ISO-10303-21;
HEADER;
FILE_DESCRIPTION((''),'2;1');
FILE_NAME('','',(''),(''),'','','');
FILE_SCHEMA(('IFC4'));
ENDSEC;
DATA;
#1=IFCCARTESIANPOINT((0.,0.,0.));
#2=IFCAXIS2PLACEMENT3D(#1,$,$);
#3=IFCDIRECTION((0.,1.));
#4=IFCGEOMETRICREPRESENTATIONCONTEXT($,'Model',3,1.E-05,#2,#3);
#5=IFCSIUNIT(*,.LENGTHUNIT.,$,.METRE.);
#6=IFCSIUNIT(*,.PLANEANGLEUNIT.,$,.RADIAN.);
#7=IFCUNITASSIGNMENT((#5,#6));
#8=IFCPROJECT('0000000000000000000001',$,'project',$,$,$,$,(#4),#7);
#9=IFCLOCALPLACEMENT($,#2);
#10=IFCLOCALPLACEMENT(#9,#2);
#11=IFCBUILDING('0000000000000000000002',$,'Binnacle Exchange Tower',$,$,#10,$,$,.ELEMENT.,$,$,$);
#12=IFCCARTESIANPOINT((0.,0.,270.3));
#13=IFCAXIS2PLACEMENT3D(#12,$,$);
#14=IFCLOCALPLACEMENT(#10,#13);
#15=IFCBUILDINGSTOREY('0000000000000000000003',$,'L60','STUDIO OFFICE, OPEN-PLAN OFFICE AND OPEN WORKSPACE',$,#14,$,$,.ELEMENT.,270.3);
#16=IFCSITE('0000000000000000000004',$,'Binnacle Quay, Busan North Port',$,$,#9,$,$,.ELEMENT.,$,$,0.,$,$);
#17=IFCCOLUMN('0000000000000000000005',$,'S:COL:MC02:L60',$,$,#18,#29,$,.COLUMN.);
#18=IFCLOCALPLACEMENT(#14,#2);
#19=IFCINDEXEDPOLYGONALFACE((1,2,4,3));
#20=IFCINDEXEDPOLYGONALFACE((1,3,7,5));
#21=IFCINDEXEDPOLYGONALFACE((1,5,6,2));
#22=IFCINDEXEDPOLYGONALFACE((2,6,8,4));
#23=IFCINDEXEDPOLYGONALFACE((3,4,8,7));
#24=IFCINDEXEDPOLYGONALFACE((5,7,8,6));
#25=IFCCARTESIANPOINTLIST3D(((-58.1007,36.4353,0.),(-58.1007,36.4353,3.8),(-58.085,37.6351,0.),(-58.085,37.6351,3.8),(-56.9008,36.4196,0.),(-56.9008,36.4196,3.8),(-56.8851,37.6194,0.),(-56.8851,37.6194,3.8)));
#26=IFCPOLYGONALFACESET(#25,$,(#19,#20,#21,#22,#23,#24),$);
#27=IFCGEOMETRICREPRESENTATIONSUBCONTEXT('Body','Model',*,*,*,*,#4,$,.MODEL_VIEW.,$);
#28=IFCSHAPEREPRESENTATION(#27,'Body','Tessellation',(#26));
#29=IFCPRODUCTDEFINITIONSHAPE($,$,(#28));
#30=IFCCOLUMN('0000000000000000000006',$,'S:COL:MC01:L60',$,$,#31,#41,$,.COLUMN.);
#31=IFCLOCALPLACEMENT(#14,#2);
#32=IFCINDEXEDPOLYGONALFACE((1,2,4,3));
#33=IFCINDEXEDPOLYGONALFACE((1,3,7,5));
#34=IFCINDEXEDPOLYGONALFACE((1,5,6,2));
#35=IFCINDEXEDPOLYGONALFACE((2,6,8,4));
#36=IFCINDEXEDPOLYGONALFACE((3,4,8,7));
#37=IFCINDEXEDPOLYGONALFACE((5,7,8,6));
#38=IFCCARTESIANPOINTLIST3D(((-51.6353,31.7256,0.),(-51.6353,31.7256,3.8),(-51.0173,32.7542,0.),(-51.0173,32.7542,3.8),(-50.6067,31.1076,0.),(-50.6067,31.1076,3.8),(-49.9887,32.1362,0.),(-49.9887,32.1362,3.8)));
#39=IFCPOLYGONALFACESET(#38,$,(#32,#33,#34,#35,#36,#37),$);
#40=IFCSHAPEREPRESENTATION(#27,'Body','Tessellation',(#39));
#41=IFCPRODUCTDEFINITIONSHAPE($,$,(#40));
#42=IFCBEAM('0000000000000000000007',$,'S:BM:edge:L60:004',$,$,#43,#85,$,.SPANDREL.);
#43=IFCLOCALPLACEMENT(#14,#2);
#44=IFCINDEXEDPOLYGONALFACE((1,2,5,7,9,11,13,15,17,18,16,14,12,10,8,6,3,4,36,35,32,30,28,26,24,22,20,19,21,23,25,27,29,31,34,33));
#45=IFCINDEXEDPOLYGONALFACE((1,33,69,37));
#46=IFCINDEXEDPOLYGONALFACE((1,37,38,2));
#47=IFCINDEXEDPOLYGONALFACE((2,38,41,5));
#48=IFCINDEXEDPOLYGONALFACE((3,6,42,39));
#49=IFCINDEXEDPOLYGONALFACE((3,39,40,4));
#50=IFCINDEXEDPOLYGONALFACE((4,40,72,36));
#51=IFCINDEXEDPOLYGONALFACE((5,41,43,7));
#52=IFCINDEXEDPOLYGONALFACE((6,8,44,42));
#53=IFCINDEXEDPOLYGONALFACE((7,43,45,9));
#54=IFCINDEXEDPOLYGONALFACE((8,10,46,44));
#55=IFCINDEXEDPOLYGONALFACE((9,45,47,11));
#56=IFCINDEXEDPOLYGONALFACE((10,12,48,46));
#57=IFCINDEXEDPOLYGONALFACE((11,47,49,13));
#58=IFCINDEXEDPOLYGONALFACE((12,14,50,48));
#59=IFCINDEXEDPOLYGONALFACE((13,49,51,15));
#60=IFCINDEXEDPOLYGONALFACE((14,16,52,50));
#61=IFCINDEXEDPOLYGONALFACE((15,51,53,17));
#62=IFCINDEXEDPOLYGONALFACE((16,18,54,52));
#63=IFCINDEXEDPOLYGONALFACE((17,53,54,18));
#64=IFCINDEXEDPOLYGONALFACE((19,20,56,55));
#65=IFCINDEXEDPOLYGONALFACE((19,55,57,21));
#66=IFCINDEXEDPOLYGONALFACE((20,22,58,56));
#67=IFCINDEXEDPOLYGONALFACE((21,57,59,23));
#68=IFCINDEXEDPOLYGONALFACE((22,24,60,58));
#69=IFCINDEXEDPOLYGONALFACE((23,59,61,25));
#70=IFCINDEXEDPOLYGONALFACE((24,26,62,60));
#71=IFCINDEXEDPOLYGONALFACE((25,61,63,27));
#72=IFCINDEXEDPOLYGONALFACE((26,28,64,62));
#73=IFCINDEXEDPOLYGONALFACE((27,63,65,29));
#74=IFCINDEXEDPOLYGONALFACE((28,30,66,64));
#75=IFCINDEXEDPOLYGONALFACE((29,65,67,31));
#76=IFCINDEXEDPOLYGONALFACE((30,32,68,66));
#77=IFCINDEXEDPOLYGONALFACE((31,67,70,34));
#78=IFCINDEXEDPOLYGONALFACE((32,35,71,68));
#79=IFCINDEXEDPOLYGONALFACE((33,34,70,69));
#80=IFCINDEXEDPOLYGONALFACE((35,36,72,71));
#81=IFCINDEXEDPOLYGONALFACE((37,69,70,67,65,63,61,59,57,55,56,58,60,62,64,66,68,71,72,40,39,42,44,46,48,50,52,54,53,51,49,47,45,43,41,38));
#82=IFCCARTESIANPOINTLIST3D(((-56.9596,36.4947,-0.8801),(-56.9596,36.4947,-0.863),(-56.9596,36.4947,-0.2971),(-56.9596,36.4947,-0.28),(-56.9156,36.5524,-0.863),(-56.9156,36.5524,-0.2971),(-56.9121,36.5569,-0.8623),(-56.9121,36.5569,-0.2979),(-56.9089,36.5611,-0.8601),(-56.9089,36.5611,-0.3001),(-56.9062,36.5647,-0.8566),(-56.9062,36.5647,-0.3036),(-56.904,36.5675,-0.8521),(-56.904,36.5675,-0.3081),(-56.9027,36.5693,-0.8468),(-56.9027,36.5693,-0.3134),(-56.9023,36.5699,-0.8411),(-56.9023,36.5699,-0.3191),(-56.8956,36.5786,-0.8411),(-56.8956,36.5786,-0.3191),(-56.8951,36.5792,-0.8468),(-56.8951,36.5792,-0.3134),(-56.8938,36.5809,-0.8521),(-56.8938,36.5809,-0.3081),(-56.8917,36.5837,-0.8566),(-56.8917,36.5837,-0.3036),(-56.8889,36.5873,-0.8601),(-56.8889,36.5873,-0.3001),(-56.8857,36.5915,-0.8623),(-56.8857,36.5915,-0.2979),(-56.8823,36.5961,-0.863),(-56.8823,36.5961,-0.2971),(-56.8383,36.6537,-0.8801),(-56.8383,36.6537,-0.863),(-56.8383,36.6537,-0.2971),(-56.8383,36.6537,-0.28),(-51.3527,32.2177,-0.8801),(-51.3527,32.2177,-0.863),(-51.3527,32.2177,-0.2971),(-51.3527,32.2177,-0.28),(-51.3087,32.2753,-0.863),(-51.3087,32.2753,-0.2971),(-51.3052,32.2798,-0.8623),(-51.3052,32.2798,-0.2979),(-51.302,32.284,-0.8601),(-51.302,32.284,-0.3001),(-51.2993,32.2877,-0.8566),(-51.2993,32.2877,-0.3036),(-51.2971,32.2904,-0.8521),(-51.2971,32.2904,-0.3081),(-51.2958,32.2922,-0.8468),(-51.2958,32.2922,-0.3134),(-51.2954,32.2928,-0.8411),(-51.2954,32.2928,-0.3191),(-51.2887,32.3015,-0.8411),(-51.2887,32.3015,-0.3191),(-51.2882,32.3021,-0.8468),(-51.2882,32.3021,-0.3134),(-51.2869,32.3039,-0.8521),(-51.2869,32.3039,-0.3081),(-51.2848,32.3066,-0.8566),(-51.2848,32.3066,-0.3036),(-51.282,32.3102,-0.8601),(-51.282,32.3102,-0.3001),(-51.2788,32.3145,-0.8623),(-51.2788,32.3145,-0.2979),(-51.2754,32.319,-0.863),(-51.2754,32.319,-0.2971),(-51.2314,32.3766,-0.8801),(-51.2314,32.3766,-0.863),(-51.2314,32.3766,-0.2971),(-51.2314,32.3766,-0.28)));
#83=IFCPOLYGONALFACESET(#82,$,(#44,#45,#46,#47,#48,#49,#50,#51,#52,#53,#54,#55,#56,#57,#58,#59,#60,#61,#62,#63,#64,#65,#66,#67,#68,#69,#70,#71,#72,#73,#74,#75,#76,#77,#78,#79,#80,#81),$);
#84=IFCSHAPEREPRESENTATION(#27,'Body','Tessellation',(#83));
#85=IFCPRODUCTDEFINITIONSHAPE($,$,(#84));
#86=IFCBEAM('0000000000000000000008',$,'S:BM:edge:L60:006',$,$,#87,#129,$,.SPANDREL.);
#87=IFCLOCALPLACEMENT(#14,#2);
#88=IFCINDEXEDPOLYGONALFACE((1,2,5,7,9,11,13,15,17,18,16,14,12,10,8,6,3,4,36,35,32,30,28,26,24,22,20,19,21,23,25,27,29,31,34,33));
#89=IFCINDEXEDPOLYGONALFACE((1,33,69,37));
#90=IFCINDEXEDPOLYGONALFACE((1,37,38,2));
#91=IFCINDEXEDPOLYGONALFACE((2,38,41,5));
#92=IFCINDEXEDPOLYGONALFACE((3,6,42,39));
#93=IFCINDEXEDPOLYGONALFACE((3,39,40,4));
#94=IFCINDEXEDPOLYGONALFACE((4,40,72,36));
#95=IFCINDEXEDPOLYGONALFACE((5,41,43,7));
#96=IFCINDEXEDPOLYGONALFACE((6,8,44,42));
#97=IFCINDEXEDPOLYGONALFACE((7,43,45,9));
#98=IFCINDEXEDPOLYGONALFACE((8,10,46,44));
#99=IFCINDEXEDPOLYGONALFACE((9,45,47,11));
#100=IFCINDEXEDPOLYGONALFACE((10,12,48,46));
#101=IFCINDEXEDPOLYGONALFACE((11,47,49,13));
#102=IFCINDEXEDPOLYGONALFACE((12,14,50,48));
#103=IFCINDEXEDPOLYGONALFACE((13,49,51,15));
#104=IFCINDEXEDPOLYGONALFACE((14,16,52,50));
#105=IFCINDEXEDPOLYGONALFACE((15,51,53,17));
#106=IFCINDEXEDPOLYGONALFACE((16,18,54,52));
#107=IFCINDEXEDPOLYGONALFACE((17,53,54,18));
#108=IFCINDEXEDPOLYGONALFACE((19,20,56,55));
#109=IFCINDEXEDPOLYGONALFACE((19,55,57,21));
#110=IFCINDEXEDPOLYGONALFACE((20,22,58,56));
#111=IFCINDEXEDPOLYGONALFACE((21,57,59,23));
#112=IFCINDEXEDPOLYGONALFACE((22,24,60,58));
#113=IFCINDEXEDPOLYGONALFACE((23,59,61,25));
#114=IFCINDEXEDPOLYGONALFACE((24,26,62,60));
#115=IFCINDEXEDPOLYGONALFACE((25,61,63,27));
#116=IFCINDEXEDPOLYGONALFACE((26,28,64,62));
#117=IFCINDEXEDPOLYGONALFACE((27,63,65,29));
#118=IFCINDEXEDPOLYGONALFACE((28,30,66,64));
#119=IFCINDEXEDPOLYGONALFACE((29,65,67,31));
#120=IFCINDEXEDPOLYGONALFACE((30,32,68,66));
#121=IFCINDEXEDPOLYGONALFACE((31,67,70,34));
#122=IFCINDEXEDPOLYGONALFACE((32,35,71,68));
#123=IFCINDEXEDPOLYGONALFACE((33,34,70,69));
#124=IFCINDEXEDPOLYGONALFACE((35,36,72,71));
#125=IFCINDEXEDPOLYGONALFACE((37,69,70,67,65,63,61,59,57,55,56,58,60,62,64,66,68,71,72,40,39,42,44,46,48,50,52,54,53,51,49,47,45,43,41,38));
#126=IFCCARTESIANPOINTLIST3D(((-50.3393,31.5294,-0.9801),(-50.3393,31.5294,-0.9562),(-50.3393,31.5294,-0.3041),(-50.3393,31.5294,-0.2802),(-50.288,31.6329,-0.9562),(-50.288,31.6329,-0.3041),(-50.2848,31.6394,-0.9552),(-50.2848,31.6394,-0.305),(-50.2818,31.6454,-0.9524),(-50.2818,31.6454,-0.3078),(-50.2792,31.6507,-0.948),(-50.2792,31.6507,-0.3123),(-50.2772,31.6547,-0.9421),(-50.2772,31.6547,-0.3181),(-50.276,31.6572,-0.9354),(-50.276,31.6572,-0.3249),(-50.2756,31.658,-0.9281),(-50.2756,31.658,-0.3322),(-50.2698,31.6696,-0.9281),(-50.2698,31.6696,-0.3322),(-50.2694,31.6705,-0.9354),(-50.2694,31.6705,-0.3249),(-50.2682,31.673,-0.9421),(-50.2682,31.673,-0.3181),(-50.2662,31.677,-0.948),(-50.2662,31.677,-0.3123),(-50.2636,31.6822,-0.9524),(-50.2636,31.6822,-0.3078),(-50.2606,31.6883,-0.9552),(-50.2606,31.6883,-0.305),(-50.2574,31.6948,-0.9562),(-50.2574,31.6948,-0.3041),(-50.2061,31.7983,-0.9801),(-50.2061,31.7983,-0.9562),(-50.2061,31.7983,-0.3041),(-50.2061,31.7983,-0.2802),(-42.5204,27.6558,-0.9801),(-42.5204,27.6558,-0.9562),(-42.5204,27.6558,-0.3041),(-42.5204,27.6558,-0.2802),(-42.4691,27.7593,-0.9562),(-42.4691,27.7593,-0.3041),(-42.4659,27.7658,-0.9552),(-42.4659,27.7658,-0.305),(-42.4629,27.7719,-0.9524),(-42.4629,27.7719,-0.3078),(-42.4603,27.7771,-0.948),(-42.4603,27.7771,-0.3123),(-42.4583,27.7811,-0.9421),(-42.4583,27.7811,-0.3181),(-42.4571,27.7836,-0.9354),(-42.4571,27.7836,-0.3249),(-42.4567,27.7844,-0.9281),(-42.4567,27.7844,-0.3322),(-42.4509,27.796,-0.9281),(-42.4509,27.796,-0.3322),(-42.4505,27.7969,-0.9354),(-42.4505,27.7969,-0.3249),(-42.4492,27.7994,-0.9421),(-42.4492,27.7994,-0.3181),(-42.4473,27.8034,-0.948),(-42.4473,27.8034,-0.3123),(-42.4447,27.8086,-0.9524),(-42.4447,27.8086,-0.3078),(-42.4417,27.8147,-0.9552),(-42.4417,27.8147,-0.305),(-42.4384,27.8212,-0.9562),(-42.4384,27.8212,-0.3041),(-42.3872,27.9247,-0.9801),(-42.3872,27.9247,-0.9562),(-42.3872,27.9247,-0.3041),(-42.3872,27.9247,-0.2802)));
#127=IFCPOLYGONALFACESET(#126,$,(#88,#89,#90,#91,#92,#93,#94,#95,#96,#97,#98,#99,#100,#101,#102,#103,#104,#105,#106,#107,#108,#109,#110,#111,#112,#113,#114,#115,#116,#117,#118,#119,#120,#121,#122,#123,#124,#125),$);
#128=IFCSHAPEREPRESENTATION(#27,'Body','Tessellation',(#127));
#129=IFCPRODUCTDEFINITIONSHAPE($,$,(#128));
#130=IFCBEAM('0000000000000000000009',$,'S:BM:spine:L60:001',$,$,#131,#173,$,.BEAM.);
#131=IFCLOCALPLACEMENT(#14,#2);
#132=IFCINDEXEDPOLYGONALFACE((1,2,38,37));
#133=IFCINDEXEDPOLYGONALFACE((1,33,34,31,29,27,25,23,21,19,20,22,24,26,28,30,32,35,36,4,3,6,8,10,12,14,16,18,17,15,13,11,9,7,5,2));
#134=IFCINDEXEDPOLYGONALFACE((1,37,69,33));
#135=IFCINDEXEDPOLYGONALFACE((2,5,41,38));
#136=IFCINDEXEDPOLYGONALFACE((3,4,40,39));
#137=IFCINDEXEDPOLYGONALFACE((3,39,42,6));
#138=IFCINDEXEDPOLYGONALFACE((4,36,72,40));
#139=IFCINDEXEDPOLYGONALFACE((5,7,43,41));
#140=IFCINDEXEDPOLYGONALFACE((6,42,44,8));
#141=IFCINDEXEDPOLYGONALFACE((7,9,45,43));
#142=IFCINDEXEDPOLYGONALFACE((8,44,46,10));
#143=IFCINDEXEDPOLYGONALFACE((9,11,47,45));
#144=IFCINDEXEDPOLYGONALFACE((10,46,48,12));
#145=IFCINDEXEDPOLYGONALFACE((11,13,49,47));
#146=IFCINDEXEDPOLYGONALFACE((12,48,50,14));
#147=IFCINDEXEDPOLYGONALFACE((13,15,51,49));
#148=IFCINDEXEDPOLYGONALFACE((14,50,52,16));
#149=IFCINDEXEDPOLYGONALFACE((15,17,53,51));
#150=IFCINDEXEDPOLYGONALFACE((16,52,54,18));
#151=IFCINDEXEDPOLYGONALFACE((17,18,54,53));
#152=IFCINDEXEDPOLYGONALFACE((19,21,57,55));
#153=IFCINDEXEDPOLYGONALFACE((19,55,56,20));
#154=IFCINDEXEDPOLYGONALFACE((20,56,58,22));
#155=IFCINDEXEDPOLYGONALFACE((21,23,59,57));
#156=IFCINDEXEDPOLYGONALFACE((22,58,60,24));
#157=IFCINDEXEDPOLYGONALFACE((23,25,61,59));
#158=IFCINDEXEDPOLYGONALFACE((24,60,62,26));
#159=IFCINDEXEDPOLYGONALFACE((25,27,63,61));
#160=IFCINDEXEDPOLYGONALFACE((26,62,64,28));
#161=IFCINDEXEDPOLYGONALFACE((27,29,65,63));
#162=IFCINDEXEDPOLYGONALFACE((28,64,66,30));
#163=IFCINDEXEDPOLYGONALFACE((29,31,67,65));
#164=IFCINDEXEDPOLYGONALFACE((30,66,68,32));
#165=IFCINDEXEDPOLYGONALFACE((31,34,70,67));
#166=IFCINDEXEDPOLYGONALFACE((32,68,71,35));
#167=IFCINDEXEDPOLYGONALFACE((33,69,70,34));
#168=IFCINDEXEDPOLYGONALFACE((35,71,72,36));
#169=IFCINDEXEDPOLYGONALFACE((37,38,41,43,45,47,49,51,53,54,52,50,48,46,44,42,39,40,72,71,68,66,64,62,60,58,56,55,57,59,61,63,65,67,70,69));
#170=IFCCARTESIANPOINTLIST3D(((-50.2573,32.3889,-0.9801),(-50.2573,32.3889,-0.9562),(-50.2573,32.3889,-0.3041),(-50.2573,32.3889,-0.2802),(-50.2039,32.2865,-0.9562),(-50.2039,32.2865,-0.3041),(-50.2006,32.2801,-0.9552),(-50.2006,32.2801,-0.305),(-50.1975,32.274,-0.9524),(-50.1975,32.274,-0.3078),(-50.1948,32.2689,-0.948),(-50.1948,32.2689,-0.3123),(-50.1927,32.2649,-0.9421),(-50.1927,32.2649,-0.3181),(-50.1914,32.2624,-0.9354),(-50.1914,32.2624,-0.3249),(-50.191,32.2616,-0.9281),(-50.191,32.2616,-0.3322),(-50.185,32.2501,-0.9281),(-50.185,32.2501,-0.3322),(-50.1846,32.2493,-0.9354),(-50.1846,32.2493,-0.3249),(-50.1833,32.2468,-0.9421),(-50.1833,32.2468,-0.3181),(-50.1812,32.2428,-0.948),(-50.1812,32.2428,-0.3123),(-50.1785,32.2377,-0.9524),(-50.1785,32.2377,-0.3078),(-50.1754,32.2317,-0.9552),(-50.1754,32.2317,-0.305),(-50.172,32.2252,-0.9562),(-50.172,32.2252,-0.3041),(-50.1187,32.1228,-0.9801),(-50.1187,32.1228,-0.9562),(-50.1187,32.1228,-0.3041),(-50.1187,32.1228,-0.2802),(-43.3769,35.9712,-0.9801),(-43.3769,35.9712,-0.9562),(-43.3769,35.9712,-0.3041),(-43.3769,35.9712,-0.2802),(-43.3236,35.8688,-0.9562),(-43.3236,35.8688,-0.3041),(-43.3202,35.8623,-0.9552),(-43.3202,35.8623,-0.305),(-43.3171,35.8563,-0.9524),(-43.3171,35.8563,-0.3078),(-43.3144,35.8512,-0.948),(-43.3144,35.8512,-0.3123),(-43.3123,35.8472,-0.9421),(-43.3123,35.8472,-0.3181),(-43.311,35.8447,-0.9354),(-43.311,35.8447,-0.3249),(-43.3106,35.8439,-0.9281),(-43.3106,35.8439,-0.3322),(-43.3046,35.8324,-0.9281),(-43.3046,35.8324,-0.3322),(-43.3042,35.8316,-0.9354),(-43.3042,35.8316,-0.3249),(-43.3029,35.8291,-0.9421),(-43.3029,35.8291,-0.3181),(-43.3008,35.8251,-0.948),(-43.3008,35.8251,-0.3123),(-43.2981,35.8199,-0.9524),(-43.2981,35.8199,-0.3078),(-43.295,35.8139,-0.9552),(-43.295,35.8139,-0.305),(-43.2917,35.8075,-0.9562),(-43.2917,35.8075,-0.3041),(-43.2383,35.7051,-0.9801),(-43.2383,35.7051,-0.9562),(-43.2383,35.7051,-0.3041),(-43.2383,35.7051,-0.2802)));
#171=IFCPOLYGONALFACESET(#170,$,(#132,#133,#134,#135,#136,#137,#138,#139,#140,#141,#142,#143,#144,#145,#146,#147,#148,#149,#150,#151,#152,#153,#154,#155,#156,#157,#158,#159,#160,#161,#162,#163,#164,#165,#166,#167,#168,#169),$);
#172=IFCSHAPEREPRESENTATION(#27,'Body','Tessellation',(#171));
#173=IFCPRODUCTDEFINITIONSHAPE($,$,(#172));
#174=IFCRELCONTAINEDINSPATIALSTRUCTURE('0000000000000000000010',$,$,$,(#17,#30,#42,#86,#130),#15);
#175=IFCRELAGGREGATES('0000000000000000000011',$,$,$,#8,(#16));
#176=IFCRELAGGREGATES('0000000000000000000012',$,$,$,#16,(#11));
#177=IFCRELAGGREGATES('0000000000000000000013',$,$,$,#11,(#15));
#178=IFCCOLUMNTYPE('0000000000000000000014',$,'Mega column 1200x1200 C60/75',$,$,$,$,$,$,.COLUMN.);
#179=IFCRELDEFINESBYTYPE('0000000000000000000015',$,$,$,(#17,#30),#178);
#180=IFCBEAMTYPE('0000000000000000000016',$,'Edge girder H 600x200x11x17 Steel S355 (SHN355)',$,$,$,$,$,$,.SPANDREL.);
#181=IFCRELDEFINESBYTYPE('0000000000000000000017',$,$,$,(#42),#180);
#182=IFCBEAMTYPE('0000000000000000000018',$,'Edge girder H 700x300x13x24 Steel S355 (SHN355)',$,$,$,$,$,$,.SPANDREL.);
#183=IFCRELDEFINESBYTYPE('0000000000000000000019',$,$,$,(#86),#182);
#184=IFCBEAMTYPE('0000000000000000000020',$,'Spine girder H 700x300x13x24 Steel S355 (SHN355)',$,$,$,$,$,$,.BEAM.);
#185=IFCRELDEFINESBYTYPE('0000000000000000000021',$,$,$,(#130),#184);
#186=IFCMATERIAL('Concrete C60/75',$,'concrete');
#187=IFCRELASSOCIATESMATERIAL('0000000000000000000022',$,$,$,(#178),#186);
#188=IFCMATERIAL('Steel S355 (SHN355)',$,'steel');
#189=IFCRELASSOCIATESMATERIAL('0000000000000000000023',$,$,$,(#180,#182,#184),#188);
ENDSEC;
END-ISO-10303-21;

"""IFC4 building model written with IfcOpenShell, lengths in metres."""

from ifc_helpers import new_model, si_unit, direction, frame, origin, origin_2d, place, context, subcontext, project, spatial, rectangle, i_section, extrude, material, material_profile, profile_set, type_object, element, save


model = new_model("IFC4")

# Units and contexts
model_context = context("Model", 3, precision=1e-05, world=origin(), true_north=direction((0.0, 1.0)))
body_context = subcontext(model_context, "Body", "Model", "MODEL_VIEW")
ifc_project = project(units=[si_unit("LENGTHUNIT", "METRE"), si_unit("PLANEANGLEUNIT", "RADIAN")], contexts=[model_context])

# Site, building, storey
site_placement = place(None, origin())
site = spatial("IfcSite", under=ifc_project, at=site_placement, Name="Binnacle Quay, Busan North Port", CompositionType="ELEMENT", RefElevation=0.0)
building_placement = place(site_placement, origin())
building = spatial("IfcBuilding", under=site, at=building_placement, Name="Binnacle Exchange Tower", CompositionType="ELEMENT")
storey_placement = place(building_placement, frame((0.0, 0.0, 270.3)))
storey = spatial("IfcBuildingStorey", under=building, at=storey_placement, Name="L60", Description="STUDIO OFFICE, OPEN-PLAN OFFICE AND OPEN WORKSPACE", CompositionType="ELEMENT", Elevation=270.3)

# Columns
ifc_material_1 = material(Name="Concrete C60/75", Category="concrete")
ifc_material_profile_1 = material_profile(ifc_material_1, rectangle(XDim=1.2, YDim=1.2, at=origin_2d()), Name="Mega column 1200x1200 C60/75")
ifc_profile_set_1 = profile_set([ifc_material_profile_1], Name="Concrete C60/75")
column_type = type_object("IfcColumnType", Name="Mega column 1200x1200 C60/75", PredefinedType="COLUMN", material=ifc_profile_set_1)
for number, where, z_axis, x_axis, name in (
    (1, (-57.4929, 37.0273, 0.0), (0.0, 0.0, 1.0), (-0.01309, -0.999914, 0.0), "S:COL:MC02:L60"),
    (2, (-50.812, 31.9309, 0.0), (0.0, 0.0, 1.0), (0.857167, -0.515038, 0.0), "S:COL:MC01:L60"),
):
    element("IfcColumn", number, at=place(storey_placement, frame(where, z_axis=z_axis, x_axis=x_axis)), inside=storey, type_object=column_type, Name=name, PredefinedType="COLUMN", context=body_context, shape_type="SweptSolid", body=[
        extrude(rectangle(XDim=1.2, YDim=1.2, at=origin_2d()), origin(), (0.0, 0.0, 1.0), 3.8),
    ])

# Beams
ifc_material_2 = material(Name="Steel S355 (SHN355)", Category="steel")
ifc_material_profile_2 = material_profile(ifc_material_2, i_section(OverallWidth=0.2, OverallDepth=0.6001, WebThickness=0.011, FlangeThickness=0.0171, FilletRadius=0.022, at=origin_2d()), Name="H 600x200x11x17")
ifc_profile_set_2 = profile_set([ifc_material_profile_2], Name="Steel S355 (SHN355)")
beam_type_1 = type_object("IfcBeamType", Name="Edge girder H 600x200x11x17 Steel S355 (SHN355)", PredefinedType="SPANDREL", material=ifc_profile_set_2)
beam_1_placement = place(storey_placement, frame((-56.8989, 36.5742, -0.5801), z_axis=(0.79508, -0.606505, 0.0), x_axis=(0.606505, 0.79508, 0.0)))
element("IfcBeam", 3, at=beam_1_placement, inside=storey, type_object=beam_type_1, Name="S:BM:edge:L60:004", PredefinedType="SPANDREL", context=body_context, shape_type="SweptSolid", body=[
    extrude(i_section(OverallWidth=0.2, OverallDepth=0.6001, WebThickness=0.011, FlangeThickness=0.0171, FilletRadius=0.022, at=origin_2d()), origin(), (0.0, 0.0, 1.0), 7.052),
])
ifc_material_profile_3 = material_profile(ifc_material_2, i_section(OverallWidth=0.3, OverallDepth=0.7, WebThickness=0.0129, FlangeThickness=0.0239, FilletRadius=0.0281, at=origin_2d()), Name="H 700x300x13x24")
ifc_profile_set_3 = profile_set([ifc_material_profile_3], Name="Steel S355 (SHN355)")
beam_type_2 = type_object("IfcBeamType", Name="Edge girder H 700x300x13x24 Steel S355 (SHN355)", PredefinedType="SPANDREL", material=ifc_profile_set_3)
beam_2_placement = place(storey_placement, frame((-50.2727, 31.6638, -0.6301), z_axis=(0.896066, -0.44392, 0.0), x_axis=(0.44392, 0.896066, 0.0)))
element("IfcBeam", 4, at=beam_2_placement, inside=storey, type_object=beam_type_2, Name="S:BM:edge:L60:006", PredefinedType="SPANDREL", context=body_context, shape_type="SweptSolid", body=[
    extrude(i_section(OverallWidth=0.3, OverallDepth=0.7, WebThickness=0.0129, FlangeThickness=0.0239, FilletRadius=0.0281, at=origin_2d()), origin(), (0.0, 0.0, 1.0), 8.7258),
])
ifc_material_profile_4 = material_profile(ifc_material_2, i_section(OverallWidth=0.3, OverallDepth=0.7, WebThickness=0.0129, FlangeThickness=0.0239, FilletRadius=0.0281, at=origin_2d()), Name="H 700x300x13x24")
ifc_profile_set_4 = profile_set([ifc_material_profile_4], Name="Steel S355 (SHN355)")
beam_type_3 = type_object("IfcBeamType", Name="Spine girder H 700x300x13x24 Steel S355 (SHN355)", PredefinedType="BEAM", material=ifc_profile_set_4)
beam_3_placement = place(storey_placement, frame((-50.188, 32.2559, -0.6301), z_axis=(0.88698, 0.461808, 0.0), x_axis=(-0.461808, 0.88698, 0.0)))
element("IfcBeam", 5, at=beam_3_placement, inside=storey, type_object=beam_type_3, Name="S:BM:spine:L60:001", PredefinedType="BEAM", context=body_context, shape_type="SweptSolid", body=[
    extrude(i_section(OverallWidth=0.3, OverallDepth=0.7, WebThickness=0.0129, FlangeThickness=0.0239, FilletRadius=0.0281, at=origin_2d()), origin(), (0.0, 0.0, 1.0), 7.7571),
])

save(model, "model.ifc")
